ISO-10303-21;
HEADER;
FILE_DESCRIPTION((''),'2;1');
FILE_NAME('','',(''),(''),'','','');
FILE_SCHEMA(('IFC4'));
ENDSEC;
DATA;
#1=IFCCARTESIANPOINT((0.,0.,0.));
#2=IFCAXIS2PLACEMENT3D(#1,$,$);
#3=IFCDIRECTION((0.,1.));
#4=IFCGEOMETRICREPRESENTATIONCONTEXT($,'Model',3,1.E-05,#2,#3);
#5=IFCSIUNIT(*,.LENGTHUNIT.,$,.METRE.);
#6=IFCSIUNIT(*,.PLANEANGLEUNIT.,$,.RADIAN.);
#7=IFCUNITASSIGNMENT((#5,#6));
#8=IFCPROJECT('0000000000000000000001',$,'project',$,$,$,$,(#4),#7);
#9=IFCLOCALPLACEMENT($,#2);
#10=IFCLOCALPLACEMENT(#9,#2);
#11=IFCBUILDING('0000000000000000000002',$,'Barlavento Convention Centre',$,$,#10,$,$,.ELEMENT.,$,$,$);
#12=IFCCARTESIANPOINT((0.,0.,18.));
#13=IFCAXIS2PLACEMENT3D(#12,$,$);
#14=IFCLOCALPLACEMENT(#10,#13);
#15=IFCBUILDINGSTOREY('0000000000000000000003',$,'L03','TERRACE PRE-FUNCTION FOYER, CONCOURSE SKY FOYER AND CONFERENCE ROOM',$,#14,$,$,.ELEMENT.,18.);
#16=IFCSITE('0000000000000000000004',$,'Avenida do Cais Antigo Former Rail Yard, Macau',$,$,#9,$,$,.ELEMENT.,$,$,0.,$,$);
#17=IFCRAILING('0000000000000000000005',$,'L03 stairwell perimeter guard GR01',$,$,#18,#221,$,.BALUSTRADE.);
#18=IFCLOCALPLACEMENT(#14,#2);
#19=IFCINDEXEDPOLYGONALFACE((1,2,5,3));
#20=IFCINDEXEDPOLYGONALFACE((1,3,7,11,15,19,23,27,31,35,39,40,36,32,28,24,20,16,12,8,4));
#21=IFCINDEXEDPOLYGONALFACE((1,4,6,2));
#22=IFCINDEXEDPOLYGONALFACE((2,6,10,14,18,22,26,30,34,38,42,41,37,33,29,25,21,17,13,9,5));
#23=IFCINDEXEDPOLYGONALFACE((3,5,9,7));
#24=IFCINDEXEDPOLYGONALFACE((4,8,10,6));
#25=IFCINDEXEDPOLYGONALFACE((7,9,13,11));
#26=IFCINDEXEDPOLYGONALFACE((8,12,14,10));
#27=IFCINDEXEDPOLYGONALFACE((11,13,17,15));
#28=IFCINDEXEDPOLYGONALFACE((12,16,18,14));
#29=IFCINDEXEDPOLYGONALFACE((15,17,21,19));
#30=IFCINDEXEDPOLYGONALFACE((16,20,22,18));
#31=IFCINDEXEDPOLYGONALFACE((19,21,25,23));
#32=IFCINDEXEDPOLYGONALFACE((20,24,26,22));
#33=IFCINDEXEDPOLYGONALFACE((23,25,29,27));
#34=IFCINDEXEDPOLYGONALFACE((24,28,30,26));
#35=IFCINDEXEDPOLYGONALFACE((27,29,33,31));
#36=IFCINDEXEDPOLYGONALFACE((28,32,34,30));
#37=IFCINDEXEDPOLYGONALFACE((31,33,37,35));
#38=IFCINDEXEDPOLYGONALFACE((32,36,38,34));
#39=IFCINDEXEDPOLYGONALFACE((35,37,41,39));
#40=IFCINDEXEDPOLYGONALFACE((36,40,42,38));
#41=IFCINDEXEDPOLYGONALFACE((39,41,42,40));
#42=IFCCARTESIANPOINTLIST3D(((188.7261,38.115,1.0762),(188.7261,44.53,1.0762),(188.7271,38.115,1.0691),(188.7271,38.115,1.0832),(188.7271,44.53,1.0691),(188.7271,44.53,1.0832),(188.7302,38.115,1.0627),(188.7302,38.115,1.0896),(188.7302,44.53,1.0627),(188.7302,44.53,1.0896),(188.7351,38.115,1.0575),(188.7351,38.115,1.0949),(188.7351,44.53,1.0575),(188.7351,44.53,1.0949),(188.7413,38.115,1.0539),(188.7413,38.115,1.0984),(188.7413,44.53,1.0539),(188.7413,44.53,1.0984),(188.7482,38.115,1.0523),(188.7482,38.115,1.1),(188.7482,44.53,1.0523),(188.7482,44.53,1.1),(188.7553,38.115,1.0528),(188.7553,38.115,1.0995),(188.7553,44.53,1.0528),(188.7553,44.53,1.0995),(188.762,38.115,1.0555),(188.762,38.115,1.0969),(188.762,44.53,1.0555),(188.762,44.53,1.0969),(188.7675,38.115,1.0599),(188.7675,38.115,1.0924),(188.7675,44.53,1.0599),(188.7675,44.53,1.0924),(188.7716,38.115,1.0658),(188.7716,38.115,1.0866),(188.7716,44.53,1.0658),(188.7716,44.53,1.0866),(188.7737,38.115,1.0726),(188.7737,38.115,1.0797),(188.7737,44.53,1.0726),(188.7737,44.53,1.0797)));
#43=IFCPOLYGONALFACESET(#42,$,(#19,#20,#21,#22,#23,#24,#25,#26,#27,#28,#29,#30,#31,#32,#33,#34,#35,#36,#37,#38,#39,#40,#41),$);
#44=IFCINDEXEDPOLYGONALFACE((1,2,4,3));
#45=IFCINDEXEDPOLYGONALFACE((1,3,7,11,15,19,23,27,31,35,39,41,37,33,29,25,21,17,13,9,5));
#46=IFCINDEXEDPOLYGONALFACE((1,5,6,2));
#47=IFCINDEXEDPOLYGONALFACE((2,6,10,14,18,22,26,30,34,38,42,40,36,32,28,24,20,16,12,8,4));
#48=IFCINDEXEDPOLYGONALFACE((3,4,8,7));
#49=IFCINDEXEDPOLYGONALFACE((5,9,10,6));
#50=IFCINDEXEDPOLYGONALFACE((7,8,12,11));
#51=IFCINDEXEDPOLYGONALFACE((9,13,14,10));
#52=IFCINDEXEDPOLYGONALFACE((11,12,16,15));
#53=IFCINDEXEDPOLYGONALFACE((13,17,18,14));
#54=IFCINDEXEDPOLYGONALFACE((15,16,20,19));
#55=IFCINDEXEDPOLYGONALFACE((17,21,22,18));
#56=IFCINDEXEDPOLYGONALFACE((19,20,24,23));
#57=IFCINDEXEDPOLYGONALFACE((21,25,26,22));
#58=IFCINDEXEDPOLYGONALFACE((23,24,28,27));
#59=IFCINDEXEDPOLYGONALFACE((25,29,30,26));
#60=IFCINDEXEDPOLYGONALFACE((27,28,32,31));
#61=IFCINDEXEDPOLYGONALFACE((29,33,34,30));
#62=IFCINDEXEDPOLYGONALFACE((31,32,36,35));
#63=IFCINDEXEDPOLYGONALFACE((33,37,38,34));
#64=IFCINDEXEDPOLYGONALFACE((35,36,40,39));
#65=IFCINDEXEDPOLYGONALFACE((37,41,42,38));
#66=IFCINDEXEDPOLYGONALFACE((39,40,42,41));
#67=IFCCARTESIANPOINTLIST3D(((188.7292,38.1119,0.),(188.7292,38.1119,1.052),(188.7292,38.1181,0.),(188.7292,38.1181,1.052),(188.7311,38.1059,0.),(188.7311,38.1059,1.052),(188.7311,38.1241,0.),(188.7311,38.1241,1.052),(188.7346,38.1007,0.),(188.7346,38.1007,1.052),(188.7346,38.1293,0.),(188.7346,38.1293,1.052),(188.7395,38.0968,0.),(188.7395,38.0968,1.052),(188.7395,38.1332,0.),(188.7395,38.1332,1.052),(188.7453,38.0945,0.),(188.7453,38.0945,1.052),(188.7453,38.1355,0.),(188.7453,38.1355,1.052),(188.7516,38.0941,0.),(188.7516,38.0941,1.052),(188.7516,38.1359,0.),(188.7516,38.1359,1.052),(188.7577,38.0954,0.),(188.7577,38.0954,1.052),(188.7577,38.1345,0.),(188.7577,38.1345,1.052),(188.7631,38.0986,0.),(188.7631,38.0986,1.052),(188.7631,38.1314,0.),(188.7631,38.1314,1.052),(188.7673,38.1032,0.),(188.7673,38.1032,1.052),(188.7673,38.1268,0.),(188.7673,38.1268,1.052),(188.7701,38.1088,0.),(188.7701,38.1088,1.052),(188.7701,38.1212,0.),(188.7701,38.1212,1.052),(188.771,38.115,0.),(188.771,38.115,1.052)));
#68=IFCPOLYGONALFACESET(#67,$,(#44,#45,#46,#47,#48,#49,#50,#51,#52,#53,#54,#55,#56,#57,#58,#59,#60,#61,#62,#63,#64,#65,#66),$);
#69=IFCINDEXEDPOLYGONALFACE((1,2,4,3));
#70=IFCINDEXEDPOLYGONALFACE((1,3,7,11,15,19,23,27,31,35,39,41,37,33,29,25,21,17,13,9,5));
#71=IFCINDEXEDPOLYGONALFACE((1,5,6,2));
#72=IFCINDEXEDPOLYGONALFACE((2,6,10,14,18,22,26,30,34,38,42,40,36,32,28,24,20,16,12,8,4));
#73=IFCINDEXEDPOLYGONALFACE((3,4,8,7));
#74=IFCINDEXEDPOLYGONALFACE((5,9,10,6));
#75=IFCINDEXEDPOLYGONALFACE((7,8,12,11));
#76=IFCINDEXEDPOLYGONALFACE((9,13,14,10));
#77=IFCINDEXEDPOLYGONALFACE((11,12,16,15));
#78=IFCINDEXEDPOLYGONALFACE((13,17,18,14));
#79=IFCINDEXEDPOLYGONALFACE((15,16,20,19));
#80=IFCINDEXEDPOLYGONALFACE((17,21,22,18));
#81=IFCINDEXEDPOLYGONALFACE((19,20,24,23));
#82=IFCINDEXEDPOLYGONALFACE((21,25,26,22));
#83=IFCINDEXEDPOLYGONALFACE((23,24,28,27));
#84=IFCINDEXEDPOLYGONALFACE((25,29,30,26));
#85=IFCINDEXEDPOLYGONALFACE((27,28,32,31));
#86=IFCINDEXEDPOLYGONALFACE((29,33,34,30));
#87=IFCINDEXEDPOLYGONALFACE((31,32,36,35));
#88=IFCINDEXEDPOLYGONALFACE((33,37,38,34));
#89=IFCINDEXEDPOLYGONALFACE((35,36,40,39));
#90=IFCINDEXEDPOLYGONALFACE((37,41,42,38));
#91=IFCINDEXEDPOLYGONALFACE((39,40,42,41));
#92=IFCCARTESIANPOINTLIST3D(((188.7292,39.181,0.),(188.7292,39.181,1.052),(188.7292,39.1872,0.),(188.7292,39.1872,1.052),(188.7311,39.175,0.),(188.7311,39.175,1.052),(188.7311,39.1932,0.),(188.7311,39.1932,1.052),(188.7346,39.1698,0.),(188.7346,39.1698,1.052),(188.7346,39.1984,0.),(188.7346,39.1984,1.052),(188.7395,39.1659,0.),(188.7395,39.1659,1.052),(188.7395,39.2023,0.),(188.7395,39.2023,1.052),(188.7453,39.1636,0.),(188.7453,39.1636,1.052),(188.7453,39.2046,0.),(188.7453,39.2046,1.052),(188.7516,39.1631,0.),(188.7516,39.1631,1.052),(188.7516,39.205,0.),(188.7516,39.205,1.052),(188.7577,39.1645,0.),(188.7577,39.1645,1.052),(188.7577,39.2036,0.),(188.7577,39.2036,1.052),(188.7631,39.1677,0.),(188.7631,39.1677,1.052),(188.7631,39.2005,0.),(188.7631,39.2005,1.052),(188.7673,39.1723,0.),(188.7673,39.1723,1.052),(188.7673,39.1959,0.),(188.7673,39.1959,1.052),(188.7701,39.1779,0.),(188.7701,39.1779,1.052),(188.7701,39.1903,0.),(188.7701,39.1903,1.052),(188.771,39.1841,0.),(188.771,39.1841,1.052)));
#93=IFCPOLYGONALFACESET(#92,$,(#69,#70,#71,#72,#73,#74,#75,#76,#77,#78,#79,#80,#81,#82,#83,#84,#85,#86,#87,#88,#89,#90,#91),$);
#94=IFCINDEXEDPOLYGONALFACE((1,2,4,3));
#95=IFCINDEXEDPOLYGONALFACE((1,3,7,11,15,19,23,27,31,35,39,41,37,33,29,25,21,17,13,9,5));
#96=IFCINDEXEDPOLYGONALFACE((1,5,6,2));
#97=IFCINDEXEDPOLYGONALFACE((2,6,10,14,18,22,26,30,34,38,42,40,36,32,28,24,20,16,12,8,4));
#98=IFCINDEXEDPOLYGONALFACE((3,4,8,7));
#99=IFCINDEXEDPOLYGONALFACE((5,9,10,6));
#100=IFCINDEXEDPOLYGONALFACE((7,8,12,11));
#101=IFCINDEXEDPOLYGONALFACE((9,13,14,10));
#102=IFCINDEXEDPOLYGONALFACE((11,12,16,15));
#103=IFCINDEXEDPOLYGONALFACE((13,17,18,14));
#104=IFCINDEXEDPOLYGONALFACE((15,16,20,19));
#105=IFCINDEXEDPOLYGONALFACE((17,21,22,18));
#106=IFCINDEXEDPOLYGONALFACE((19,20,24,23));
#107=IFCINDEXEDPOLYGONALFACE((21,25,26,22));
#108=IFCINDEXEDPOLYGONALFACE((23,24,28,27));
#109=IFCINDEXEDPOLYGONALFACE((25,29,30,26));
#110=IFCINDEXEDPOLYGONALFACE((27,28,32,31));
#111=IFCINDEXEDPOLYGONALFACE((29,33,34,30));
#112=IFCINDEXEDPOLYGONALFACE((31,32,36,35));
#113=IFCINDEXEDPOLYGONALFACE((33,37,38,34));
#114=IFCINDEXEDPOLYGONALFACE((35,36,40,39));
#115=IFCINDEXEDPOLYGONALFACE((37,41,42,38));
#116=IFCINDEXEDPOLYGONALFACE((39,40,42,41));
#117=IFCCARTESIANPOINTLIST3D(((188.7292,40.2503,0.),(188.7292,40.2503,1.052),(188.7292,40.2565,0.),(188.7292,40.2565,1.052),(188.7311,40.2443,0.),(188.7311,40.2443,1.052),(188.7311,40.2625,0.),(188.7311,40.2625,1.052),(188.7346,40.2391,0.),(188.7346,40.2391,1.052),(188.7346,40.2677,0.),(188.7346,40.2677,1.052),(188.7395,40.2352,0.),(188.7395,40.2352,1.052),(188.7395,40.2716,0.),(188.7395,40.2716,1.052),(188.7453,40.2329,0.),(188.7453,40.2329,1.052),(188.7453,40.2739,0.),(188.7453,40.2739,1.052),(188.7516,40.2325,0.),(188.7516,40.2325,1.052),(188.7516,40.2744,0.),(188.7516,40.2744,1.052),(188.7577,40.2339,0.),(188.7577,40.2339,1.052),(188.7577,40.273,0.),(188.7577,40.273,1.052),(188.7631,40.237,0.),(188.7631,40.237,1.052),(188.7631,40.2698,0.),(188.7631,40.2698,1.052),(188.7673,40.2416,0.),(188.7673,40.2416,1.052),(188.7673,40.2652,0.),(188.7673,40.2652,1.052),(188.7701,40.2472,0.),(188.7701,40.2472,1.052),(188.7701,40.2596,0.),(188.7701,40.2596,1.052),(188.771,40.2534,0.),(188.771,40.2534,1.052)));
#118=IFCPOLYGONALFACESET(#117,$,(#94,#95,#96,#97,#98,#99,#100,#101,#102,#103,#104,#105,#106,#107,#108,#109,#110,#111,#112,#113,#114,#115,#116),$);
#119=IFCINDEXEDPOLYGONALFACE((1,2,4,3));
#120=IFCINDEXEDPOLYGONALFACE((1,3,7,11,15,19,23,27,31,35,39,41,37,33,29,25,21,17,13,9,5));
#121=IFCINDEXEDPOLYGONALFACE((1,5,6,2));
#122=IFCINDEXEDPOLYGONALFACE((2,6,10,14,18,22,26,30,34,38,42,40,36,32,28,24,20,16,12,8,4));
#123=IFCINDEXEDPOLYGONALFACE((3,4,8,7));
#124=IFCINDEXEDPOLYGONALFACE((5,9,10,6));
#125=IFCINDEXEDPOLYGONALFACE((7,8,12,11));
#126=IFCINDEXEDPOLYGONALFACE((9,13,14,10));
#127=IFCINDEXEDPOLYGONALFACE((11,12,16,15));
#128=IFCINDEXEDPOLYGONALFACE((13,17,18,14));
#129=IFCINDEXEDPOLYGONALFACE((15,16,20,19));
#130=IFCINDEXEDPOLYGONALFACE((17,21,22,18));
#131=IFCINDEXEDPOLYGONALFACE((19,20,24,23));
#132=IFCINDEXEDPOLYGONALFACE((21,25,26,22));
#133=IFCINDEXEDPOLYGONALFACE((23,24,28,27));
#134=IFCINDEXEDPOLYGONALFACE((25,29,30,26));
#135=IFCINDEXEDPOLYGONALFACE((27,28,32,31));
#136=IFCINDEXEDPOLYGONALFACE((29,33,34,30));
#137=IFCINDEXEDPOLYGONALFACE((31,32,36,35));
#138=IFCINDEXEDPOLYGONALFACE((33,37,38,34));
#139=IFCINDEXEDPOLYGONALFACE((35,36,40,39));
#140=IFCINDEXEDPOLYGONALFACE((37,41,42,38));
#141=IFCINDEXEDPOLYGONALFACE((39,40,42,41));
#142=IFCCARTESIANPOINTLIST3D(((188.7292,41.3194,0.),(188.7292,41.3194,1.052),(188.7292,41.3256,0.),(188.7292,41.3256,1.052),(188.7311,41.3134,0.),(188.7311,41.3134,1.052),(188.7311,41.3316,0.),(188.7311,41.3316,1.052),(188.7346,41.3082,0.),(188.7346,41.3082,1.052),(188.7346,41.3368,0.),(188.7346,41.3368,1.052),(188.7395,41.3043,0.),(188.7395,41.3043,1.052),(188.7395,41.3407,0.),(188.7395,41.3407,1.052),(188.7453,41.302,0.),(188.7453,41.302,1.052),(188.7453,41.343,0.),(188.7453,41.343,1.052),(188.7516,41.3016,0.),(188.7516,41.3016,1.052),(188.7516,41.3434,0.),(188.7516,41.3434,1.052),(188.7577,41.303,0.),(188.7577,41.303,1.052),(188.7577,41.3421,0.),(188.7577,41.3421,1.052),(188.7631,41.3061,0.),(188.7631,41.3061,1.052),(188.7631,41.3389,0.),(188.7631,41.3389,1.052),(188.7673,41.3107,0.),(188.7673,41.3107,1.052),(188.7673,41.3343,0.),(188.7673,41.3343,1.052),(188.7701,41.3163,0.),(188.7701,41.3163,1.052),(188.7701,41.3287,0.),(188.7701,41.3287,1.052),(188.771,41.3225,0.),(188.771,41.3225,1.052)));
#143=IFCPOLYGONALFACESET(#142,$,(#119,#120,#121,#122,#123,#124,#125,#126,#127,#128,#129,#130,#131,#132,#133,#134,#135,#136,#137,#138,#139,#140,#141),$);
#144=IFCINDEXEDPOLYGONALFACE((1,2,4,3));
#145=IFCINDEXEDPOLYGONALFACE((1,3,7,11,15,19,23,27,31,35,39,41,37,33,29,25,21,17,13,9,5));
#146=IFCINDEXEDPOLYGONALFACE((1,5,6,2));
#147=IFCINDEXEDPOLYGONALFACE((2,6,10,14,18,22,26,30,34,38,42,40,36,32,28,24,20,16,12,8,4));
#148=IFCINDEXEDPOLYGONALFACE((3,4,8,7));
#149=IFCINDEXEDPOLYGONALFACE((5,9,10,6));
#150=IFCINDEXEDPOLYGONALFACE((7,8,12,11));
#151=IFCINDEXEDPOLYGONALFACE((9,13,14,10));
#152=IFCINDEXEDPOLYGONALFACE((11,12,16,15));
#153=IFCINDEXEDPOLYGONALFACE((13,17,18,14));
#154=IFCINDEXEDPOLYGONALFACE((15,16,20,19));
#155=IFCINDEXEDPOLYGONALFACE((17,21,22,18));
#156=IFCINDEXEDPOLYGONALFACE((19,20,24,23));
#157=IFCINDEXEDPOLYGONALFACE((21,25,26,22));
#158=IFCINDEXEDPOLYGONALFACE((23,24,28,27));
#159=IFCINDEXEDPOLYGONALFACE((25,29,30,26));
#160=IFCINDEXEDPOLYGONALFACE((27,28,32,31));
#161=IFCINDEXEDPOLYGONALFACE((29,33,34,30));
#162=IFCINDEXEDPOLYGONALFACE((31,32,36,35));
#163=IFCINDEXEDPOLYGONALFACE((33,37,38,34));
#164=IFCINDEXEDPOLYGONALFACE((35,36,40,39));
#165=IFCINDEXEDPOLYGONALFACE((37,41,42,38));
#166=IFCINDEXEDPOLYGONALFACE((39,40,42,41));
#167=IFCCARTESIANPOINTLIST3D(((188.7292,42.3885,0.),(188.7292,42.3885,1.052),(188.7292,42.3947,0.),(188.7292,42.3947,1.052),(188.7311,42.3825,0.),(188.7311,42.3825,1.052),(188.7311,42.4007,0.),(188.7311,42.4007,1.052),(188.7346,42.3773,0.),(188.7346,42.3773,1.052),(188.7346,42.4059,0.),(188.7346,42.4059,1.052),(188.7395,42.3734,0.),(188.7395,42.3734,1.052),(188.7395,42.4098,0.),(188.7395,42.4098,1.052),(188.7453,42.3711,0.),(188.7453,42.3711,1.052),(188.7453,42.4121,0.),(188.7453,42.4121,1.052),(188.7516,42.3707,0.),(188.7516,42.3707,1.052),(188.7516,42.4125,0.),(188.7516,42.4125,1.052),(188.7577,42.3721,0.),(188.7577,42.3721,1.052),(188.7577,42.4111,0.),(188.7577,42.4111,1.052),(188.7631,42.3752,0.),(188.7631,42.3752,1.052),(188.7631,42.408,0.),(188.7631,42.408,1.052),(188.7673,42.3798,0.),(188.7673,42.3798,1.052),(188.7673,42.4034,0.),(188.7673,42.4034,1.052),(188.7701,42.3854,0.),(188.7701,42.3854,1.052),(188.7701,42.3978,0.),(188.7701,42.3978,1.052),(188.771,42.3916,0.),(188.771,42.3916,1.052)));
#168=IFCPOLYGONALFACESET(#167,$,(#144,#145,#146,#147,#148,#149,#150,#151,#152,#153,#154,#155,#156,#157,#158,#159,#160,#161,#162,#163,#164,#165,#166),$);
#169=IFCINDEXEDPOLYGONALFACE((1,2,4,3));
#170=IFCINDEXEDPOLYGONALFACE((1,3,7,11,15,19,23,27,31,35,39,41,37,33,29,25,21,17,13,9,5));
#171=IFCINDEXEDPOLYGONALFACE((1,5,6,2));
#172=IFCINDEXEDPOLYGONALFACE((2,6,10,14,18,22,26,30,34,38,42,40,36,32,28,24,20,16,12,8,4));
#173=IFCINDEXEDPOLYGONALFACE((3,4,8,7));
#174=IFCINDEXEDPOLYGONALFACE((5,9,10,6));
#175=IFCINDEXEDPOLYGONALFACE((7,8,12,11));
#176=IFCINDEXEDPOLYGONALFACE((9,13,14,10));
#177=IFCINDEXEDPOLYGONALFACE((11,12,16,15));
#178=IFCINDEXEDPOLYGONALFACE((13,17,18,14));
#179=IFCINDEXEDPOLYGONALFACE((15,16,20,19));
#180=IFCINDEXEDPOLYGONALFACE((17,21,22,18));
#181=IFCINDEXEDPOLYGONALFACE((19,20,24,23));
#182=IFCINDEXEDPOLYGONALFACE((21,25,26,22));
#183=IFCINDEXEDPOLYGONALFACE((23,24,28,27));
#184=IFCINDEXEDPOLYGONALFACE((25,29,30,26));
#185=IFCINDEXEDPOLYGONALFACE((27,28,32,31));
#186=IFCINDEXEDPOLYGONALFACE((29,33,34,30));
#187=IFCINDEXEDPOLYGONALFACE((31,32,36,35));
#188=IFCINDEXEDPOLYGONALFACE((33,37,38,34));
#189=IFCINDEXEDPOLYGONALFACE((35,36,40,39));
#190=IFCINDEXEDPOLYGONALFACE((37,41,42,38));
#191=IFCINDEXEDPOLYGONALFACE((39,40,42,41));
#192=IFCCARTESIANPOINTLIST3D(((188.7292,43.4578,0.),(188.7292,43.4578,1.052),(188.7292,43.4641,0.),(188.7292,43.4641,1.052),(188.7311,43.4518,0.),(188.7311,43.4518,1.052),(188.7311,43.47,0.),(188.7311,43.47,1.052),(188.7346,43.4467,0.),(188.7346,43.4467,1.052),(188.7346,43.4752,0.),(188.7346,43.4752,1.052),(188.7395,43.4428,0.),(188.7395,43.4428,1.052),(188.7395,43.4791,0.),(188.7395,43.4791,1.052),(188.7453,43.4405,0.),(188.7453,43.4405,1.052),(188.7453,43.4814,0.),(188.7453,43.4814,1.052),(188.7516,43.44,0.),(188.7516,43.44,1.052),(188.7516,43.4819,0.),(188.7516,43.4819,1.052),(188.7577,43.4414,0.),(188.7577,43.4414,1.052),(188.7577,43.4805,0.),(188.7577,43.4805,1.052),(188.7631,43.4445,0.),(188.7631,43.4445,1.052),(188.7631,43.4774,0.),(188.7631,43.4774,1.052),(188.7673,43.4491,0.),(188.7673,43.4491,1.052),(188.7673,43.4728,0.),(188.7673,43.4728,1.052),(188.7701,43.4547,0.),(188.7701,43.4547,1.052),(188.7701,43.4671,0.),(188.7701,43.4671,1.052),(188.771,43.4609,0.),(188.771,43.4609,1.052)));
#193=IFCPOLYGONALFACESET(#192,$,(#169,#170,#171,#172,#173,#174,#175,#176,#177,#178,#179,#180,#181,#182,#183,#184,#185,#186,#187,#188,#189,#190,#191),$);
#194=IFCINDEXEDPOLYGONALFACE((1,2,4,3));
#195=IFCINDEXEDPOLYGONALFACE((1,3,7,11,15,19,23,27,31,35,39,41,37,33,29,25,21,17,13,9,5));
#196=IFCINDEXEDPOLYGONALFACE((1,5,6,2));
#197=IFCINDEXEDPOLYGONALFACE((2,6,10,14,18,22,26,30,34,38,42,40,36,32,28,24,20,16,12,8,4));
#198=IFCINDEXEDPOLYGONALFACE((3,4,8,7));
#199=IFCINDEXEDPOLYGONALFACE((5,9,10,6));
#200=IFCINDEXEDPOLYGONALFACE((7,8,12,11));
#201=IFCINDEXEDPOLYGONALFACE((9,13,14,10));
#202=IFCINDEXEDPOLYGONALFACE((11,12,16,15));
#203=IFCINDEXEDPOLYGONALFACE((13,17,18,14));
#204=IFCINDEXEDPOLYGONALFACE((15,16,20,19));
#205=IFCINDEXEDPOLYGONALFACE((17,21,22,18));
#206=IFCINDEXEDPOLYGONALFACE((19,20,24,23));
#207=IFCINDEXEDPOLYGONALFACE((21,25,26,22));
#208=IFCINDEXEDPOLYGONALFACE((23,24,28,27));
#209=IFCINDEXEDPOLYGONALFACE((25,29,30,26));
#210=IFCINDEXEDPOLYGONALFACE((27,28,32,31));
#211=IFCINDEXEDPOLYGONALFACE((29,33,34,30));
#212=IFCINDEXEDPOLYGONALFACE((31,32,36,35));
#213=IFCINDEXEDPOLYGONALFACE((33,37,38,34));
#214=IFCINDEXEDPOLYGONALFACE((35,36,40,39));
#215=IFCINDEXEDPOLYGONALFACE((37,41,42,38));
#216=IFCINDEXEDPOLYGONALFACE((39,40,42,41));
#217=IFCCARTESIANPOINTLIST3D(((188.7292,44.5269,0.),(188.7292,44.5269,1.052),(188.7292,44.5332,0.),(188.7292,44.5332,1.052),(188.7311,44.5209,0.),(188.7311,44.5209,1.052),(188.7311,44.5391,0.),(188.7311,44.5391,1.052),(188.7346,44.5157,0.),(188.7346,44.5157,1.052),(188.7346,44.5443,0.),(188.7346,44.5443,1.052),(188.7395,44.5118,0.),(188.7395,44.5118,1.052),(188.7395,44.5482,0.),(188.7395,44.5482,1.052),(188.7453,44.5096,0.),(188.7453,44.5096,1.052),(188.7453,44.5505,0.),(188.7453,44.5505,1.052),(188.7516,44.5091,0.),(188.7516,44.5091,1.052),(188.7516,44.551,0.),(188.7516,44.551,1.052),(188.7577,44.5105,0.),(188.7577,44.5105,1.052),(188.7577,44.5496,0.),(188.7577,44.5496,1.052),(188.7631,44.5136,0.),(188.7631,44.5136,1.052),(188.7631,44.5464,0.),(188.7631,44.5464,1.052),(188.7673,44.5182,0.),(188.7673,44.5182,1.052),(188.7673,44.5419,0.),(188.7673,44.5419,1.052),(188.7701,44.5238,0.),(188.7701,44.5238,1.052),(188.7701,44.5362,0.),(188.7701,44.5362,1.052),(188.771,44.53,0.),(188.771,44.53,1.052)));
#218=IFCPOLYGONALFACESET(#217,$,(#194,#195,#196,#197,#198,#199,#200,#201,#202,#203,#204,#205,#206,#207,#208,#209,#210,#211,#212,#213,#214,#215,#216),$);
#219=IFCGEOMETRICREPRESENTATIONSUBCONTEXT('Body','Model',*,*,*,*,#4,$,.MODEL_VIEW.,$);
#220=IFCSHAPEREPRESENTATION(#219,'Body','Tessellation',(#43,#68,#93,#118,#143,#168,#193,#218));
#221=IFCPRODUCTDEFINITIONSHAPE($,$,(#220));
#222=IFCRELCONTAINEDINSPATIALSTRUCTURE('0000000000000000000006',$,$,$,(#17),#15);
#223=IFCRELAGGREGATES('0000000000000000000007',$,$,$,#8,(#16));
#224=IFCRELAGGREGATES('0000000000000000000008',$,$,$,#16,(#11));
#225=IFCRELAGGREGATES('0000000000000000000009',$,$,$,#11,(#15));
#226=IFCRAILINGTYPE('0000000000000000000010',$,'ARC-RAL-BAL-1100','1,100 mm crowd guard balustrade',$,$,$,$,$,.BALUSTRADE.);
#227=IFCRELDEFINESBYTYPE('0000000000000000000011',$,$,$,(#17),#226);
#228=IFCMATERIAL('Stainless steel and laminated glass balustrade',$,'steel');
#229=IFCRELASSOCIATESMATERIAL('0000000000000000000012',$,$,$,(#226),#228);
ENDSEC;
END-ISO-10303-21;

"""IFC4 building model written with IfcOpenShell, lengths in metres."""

from ifc_helpers import new_model, si_unit, direction, frame, origin, origin_2d, place, context, subcontext, project, spatial, circle, extrude, material, type_object, element, save


model = new_model("IFC4")

# Units and contexts
model_context = context("Model", 3, precision=1e-05, world=origin(), true_north=direction((0.0, 1.0)))
body_context = subcontext(model_context, "Body", "Model", "MODEL_VIEW")
ifc_project = project(units=[si_unit("LENGTHUNIT", "METRE"), si_unit("PLANEANGLEUNIT", "RADIAN")], contexts=[model_context])

# Site, building, storey
site_placement = place(None, origin())
site = spatial("IfcSite", under=ifc_project, at=site_placement, Name="Avenida do Cais Antigo Former Rail Yard, Macau", CompositionType="ELEMENT", RefElevation=0.0)
building_placement = place(site_placement, origin())
building = spatial("IfcBuilding", under=site, at=building_placement, Name="Barlavento Convention Centre", CompositionType="ELEMENT")
storey_placement = place(building_placement, frame((0.0, 0.0, 18.0)))
storey = spatial("IfcBuildingStorey", under=building, at=storey_placement, Name="L03", Description="TERRACE PRE-FUNCTION FOYER, CONCOURSE SKY FOYER AND CONFERENCE ROOM", CompositionType="ELEMENT", Elevation=18.0)

# Railing
ifc_material_1 = material(Name="Stainless steel and laminated glass balustrade", Category="steel")
railing_type_1 = type_object("IfcRailingType", Name="ARC-RAL-BAL-1100", Description="1,100 mm crowd guard balustrade", PredefinedType="BALUSTRADE", material=ifc_material_1)
railing_1_placement = place(storey_placement, frame((188.75, 38.115, 0.0)))
element("IfcRailing", 1, at=railing_1_placement, inside=storey, type_object=railing_type_1, Name="L03 stairwell perimeter guard GR01", PredefinedType="BALUSTRADE", context=body_context, shape_type="SweptSolid", body=[
    extrude(circle(Radius=0.0239, at=origin_2d()), frame((0.0, 0.0, 1.0762), z_axis=(0.0, 1.0, 0.0), x_axis=(-1.0, 0.0, 0.0)), (0.0, 0.0, 1.0), 6.415),
    extrude(circle(Radius=0.021, at=origin_2d()), origin(), (0.0, 0.0, 1.0), 1.052),
    extrude(circle(Radius=0.021, at=origin_2d()), frame((0.0, 1.0691, 0.0)), (0.0, 0.0, 1.0), 1.052),
    extrude(circle(Radius=0.021, at=origin_2d()), frame((0.0, 2.1384, 0.0)), (0.0, 0.0, 1.0), 1.052),
    extrude(circle(Radius=0.021, at=origin_2d()), frame((0.0, 3.2075, 0.0)), (0.0, 0.0, 1.0), 1.052),
    extrude(circle(Radius=0.021, at=origin_2d()), frame((0.0, 4.2766, 0.0)), (0.0, 0.0, 1.0), 1.052),
    extrude(circle(Radius=0.021, at=origin_2d()), frame((0.0, 5.3459, 0.0)), (0.0, 0.0, 1.0), 1.052),
    extrude(circle(Radius=0.021, at=origin_2d()), frame((0.0, 6.415, 0.0)), (0.0, 0.0, 1.0), 1.052),
])

save(model, "model.ifc")
